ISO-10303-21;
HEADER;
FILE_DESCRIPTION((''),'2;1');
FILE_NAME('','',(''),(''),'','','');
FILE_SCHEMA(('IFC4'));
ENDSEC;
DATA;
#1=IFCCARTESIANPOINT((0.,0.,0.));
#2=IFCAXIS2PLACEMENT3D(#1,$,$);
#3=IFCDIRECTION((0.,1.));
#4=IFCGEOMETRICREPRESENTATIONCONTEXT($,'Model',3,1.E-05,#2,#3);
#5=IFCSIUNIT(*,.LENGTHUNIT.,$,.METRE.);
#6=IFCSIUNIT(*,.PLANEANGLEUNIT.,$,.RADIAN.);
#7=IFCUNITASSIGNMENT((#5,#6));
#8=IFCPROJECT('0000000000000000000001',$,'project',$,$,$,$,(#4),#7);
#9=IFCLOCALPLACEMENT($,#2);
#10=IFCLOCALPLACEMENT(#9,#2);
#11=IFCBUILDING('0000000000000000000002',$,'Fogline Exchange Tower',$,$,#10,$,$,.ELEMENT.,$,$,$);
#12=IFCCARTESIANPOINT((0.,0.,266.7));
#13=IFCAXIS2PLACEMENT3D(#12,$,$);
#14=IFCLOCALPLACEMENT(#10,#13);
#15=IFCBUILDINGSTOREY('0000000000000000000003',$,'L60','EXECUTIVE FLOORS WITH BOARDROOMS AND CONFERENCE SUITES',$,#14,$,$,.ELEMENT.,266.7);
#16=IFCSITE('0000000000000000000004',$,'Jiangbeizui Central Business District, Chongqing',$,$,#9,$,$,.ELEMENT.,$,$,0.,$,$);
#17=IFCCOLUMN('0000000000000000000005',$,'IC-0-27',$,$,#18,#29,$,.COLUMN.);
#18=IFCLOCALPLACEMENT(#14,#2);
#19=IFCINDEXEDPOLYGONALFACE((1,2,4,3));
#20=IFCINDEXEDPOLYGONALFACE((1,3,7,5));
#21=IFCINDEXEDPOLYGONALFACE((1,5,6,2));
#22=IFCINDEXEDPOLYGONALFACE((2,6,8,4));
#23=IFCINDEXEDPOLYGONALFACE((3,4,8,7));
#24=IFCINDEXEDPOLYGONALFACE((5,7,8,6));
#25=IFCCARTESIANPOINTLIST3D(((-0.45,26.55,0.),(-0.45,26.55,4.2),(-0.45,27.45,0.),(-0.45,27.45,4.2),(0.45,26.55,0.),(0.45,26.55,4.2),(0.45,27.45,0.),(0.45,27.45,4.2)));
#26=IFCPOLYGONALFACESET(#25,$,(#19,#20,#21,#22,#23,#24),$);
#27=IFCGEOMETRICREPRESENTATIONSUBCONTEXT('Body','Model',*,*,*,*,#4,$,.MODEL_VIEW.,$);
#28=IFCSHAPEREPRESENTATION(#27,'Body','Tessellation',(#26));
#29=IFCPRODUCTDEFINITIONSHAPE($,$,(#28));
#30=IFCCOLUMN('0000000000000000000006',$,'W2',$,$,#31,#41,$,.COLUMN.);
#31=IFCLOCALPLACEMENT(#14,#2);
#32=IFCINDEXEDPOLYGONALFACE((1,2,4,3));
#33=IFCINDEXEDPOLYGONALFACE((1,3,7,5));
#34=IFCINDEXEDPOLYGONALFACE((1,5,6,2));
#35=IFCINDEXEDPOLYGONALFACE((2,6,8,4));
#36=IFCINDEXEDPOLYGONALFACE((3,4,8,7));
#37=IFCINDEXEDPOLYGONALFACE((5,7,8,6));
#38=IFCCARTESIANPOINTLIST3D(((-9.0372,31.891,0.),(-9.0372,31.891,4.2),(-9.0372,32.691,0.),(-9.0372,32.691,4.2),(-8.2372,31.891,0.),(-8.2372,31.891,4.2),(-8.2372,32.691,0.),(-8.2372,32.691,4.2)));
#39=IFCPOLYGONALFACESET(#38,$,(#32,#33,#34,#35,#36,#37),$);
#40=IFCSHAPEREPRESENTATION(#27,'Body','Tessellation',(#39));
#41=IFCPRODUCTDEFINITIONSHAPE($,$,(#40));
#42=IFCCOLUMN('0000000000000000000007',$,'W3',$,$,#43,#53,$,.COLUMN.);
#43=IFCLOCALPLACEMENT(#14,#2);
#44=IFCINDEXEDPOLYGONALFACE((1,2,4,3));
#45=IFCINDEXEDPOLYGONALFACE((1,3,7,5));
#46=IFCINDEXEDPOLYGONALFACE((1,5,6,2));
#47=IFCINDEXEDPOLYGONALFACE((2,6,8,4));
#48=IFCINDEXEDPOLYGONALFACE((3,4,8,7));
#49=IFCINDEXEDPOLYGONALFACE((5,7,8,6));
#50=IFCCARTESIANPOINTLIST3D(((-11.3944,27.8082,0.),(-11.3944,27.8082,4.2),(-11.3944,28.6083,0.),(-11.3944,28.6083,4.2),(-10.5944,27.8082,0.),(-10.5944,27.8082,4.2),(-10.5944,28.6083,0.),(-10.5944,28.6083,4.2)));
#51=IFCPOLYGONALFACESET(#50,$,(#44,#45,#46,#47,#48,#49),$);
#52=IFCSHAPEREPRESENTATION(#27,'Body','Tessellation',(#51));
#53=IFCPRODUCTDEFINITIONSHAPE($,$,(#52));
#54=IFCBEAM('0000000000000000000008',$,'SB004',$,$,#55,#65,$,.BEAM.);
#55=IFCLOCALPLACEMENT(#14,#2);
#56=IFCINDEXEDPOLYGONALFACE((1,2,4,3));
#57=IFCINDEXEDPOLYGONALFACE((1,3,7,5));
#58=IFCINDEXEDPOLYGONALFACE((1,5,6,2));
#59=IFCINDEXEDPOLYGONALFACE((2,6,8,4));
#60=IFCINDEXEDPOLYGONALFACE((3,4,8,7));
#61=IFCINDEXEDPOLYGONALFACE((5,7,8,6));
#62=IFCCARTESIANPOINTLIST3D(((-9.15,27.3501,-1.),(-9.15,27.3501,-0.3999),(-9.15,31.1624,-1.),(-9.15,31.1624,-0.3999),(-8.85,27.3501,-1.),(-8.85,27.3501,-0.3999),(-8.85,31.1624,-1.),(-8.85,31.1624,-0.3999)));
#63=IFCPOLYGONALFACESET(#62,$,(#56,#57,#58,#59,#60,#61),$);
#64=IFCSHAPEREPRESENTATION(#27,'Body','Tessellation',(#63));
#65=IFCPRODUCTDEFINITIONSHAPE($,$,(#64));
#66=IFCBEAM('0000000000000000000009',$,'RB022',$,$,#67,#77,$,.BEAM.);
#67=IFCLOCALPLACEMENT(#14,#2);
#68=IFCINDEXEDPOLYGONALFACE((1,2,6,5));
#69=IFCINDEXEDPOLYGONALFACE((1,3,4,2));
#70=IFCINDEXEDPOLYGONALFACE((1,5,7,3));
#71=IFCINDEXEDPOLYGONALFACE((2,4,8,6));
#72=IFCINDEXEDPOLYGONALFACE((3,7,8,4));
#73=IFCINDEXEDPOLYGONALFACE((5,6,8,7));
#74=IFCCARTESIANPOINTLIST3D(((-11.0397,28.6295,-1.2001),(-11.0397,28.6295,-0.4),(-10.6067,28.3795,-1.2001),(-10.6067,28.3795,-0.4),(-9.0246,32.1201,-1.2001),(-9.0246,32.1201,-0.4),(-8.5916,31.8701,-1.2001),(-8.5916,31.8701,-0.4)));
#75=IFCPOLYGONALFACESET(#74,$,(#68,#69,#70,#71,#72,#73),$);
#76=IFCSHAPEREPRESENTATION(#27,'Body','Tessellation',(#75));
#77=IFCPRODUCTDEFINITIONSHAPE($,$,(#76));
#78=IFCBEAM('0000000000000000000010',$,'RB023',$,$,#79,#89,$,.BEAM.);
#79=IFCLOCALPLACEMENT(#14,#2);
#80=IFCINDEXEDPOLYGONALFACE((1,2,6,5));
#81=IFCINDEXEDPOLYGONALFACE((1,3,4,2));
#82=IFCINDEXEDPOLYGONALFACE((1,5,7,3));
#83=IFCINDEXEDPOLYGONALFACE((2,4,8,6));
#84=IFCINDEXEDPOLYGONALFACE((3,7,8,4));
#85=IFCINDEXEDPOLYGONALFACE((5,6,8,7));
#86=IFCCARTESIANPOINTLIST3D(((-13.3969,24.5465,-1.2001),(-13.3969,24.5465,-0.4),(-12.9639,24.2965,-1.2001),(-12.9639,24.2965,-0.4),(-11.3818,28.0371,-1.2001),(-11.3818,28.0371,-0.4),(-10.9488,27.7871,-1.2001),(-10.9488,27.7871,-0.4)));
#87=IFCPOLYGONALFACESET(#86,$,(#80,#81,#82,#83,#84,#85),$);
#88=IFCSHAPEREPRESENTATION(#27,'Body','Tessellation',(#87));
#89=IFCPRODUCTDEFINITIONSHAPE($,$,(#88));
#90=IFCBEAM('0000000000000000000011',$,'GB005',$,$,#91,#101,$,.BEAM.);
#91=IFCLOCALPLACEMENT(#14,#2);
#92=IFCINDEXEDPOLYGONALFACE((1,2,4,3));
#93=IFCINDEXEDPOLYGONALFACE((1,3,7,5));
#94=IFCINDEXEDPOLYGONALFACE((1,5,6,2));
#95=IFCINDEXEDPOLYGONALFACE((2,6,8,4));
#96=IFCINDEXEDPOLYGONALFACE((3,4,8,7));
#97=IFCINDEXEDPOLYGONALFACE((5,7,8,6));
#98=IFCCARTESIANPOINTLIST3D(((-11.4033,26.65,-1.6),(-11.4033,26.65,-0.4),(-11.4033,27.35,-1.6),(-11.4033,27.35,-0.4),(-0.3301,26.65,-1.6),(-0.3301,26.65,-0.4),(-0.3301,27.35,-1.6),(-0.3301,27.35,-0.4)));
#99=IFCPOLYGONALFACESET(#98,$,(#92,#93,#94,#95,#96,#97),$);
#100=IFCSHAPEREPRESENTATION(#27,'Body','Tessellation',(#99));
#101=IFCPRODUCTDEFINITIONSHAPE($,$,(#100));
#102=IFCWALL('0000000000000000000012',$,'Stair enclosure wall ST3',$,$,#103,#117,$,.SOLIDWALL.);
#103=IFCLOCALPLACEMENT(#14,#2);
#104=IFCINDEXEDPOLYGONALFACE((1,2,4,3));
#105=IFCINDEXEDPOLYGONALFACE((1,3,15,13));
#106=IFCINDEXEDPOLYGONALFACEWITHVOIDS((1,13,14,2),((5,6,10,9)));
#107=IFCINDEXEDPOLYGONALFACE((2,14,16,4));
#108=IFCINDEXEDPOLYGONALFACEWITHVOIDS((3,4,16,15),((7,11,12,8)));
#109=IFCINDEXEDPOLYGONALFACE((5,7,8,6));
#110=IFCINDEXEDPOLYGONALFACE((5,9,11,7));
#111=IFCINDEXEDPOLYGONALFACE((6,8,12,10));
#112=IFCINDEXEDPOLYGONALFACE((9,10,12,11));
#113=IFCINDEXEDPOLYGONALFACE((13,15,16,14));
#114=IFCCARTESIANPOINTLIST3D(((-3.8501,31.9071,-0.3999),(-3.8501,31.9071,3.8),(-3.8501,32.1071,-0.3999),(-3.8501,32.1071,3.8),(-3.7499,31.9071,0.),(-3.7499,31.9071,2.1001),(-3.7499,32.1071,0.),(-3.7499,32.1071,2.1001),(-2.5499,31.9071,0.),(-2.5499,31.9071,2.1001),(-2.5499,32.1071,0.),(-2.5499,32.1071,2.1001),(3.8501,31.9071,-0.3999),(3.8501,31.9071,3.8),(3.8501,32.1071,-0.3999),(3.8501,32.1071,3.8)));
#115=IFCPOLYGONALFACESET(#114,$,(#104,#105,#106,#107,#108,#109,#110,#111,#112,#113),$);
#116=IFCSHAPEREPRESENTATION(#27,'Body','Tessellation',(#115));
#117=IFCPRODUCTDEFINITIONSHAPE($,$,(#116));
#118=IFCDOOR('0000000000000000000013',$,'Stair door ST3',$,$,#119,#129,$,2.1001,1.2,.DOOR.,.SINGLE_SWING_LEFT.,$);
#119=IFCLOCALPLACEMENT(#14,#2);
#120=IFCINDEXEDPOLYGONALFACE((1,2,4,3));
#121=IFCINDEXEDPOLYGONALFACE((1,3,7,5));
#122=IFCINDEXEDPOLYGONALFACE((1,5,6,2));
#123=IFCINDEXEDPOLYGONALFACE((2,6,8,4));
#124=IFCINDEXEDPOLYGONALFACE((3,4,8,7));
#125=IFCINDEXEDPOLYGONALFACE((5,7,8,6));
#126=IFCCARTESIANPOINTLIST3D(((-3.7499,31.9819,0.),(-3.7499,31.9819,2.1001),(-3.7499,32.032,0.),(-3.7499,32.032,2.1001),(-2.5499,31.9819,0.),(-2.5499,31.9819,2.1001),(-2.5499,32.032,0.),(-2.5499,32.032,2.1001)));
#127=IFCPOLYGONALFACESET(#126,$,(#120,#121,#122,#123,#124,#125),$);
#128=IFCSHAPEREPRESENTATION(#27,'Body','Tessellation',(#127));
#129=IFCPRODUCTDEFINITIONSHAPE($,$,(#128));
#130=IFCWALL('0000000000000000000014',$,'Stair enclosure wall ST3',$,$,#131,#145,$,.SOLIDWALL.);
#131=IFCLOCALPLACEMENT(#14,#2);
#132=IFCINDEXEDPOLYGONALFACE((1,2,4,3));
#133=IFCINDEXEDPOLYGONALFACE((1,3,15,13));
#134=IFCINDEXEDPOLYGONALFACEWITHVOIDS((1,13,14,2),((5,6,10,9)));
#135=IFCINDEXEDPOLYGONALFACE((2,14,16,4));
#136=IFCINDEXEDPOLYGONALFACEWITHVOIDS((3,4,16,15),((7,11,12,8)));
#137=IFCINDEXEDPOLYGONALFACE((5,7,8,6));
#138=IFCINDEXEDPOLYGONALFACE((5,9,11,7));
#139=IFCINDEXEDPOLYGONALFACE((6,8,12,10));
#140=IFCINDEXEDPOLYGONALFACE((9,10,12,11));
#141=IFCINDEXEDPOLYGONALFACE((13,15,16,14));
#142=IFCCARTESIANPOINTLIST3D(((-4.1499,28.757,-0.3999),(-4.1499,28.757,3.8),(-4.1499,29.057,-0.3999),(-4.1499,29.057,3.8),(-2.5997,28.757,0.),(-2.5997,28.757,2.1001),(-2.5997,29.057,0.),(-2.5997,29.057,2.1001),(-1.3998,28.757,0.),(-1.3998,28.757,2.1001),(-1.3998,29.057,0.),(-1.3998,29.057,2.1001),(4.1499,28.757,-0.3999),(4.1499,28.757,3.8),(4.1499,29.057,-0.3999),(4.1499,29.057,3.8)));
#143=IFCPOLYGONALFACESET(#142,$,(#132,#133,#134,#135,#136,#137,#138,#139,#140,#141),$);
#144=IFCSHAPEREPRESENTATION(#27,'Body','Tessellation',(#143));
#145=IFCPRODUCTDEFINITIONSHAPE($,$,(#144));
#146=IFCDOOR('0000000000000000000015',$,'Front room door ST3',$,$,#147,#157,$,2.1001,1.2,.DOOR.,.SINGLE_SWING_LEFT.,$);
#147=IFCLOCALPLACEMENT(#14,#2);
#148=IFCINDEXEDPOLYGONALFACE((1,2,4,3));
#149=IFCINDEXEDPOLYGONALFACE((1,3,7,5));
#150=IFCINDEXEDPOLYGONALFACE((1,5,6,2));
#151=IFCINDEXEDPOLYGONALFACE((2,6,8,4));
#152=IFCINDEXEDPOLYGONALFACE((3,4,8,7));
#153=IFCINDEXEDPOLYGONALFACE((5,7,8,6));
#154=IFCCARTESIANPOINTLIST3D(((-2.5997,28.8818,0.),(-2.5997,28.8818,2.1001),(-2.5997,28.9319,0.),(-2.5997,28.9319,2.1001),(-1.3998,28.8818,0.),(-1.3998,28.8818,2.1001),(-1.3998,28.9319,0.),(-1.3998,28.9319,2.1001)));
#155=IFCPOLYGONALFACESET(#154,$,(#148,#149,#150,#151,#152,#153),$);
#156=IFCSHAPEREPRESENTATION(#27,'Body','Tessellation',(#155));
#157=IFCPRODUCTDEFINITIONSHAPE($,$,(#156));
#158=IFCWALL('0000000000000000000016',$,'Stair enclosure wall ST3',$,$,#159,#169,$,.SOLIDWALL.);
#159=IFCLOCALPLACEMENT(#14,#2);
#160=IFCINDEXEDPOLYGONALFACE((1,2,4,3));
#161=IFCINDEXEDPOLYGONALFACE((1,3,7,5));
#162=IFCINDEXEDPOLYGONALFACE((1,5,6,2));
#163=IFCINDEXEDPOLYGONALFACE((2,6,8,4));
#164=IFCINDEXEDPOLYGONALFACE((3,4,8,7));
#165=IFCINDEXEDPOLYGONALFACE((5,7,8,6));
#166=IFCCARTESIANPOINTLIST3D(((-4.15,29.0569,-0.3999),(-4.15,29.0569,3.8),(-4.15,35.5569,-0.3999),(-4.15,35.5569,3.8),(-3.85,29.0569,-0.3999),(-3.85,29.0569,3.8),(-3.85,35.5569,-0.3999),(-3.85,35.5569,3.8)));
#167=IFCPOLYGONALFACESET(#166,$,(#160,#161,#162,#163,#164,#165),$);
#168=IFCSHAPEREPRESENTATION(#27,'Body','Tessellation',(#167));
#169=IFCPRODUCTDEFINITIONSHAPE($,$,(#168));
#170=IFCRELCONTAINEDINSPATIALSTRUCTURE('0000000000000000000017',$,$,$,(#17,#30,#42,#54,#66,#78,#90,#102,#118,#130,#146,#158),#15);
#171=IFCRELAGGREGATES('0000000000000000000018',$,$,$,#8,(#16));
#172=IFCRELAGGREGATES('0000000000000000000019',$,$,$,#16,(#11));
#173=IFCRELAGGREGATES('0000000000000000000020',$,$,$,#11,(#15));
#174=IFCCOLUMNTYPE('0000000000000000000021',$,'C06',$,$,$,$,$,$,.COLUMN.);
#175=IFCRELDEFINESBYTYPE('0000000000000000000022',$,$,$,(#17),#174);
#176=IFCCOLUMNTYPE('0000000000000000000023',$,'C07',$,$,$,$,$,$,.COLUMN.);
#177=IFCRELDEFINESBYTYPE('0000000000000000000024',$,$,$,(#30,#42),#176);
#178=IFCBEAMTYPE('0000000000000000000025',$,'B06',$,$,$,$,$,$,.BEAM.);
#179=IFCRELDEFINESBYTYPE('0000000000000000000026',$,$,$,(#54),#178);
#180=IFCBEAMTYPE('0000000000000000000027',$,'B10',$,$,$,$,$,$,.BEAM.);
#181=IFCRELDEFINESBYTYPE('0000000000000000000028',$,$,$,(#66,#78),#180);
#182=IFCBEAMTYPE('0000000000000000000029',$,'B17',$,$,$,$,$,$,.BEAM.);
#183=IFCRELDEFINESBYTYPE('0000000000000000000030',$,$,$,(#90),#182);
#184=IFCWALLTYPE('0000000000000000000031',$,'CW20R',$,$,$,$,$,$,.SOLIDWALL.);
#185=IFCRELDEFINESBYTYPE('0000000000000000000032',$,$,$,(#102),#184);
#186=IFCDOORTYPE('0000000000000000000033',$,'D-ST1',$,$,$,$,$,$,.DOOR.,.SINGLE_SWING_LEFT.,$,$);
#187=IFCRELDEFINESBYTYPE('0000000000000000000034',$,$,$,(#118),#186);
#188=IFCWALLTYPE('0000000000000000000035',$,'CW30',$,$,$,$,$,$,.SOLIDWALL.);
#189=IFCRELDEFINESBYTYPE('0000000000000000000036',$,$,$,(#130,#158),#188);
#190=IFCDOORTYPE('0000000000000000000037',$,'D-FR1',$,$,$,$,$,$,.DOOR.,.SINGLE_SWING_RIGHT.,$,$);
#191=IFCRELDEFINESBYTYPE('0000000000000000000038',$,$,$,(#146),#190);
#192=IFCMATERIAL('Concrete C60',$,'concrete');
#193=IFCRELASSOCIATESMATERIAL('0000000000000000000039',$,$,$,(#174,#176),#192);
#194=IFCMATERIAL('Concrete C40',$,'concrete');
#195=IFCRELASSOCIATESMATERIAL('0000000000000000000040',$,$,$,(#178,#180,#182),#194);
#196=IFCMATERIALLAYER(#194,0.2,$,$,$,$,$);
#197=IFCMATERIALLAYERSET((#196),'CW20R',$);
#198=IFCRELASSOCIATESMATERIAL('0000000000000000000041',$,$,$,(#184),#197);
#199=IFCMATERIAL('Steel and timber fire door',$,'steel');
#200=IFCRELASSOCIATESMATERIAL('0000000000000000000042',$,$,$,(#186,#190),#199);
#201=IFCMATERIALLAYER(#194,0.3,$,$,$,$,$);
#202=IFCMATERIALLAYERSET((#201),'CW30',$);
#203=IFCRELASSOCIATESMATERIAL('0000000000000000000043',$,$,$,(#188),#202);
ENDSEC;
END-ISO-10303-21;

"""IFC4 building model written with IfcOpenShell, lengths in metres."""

from ifc_helpers import new_model, si_unit, direction, frame, frame_2d, origin, origin_2d, place, context, subcontext, project, spatial, rectangle, extrude, material, layer, layer_set, material_profile, profile_set, type_object, element, fill, save


model = new_model("IFC4")

# Units and contexts
model_context = context("Model", 3, precision=1e-05, world=origin(), true_north=direction((0.0, 1.0)))
body_context = subcontext(model_context, "Body", "Model", "MODEL_VIEW")
ifc_project = project(units=[si_unit("LENGTHUNIT", "METRE"), si_unit("PLANEANGLEUNIT", "RADIAN")], contexts=[model_context])

# Site, building, storey
site_placement = place(None, origin())
site = spatial("IfcSite", under=ifc_project, at=site_placement, Name="Jiangbeizui Central Business District, Chongqing", CompositionType="ELEMENT", RefElevation=0.0)
building_placement = place(site_placement, origin())
building = spatial("IfcBuilding", under=site, at=building_placement, Name="Fogline Exchange Tower", CompositionType="ELEMENT")
storey_placement = place(building_placement, frame((0.0, 0.0, 266.7)))
storey = spatial("IfcBuildingStorey", under=building, at=storey_placement, Name="L60", Description="EXECUTIVE FLOORS WITH BOARDROOMS AND CONFERENCE SUITES", CompositionType="ELEMENT", Elevation=266.7)

# Columns
ifc_material_1 = material(Name="Concrete C60", Category="concrete")
ifc_material_profile_1 = material_profile(ifc_material_1, rectangle(XDim=0.8999, YDim=0.8999, at=origin_2d()), Name="RC 900x900")
ifc_profile_set_1 = profile_set([ifc_material_profile_1], Name="Concrete C60")
column_type_1 = type_object("IfcColumnType", Name="C06", PredefinedType="COLUMN", material=ifc_profile_set_1)
column_placement = place(storey_placement, frame((0.0, 27.0, 0.0), z_axis=(0.0, 0.0, 1.0), x_axis=(1.0, 0.0, 0.0)))
element("IfcColumn", 1, at=column_placement, inside=storey, type_object=column_type_1, Name="IC-0-27", PredefinedType="COLUMN", context=body_context, shape_type="SweptSolid", body=[
    extrude(rectangle(XDim=0.8999, YDim=0.8999, at=origin_2d()), origin(), (0.0, 0.0, 1.0), 4.2),
])
ifc_material_profile_2 = material_profile(ifc_material_1, rectangle(XDim=0.8, YDim=0.8, at=origin_2d()), Name="RC 800x800")
ifc_profile_set_2 = profile_set([ifc_material_profile_2], Name="Concrete C60")
column_type_2 = type_object("IfcColumnType", Name="C07", PredefinedType="COLUMN", material=ifc_profile_set_2)
for number, where, z_axis, x_axis, name in (
    (2, (-8.6372, 32.291, 0.0), (0.0, 0.0, 1.0), (1.0, 0.0, 0.0), "W2"),
    (3, (-10.9944, 28.2083, 0.0), (0.0, 0.0, 1.0), (1.0, 0.0, 0.0), "W3"),
):
    element("IfcColumn", number, at=place(storey_placement, frame(where, z_axis=z_axis, x_axis=x_axis)), inside=storey, type_object=column_type_2, Name=name, PredefinedType="COLUMN", context=body_context, shape_type="SweptSolid", body=[
        extrude(rectangle(XDim=0.8, YDim=0.8, at=origin_2d()), origin(), (0.0, 0.0, 1.0), 4.2),
    ])

# Beams
ifc_material_2 = material(Name="Concrete C40", Category="concrete")
ifc_material_profile_3 = material_profile(ifc_material_2, rectangle(XDim=0.3, YDim=0.6001, at=origin_2d()), Name="RC 300x600")
ifc_profile_set_3 = profile_set([ifc_material_profile_3], Name="Concrete C40")
beam_type_1 = type_object("IfcBeamType", Name="B06", PredefinedType="BEAM", material=ifc_profile_set_3)
beam_1_placement = place(storey_placement, frame((-9.0, 27.3501, -0.7), z_axis=(0.0, 1.0, 0.0), x_axis=(-1.0, 0.0, 0.0)))
element("IfcBeam", 4, at=beam_1_placement, inside=storey, type_object=beam_type_1, Name="SB004", PredefinedType="BEAM", context=body_context, shape_type="SweptSolid", body=[
    extrude(rectangle(XDim=0.3, YDim=0.6001, at=origin_2d()), origin(), (0.0, 0.0, 1.0), 3.8123),
])
ifc_material_profile_4 = material_profile(ifc_material_2, rectangle(XDim=0.5, YDim=0.8, at=origin_2d()), Name="RC 500x800")
ifc_profile_set_4 = profile_set([ifc_material_profile_4], Name="Concrete C40")
beam_type_2 = type_object("IfcBeamType", Name="B10", PredefinedType="BEAM", material=ifc_profile_set_4)
for number, where, z_axis, x_axis, name in (
    (5, (-8.8081, 31.9951, -0.8), (-0.499957, -0.86605, 0.0), (0.86605, -0.499957, 0.0), "RB022"),
    (6, (-11.1653, 27.9121, -0.8), (-0.499957, -0.86605, 0.0), (0.86605, -0.499957, 0.0), "RB023"),
):
    element("IfcBeam", number, at=place(storey_placement, frame(where, z_axis=z_axis, x_axis=x_axis)), inside=storey, type_object=beam_type_2, Name=name, PredefinedType="BEAM", context=body_context, shape_type="SweptSolid", body=[
        extrude(rectangle(XDim=0.5, YDim=0.8, at=origin_2d()), origin(), (0.0, 0.0, 1.0), 4.0305),
    ])
ifc_material_profile_5 = material_profile(ifc_material_2, rectangle(XDim=0.7, YDim=1.2, at=origin_2d()), Name="RC 700x1200")
ifc_profile_set_5 = profile_set([ifc_material_profile_5], Name="Concrete C40")
beam_type_3 = type_object("IfcBeamType", Name="B17", PredefinedType="BEAM", material=ifc_profile_set_5)
beam_2_placement = place(storey_placement, frame((-11.4033, 27.0, -1.0), z_axis=(1.0, 0.0, 0.0), x_axis=(0.0, 1.0, 0.0)))
element("IfcBeam", 7, at=beam_2_placement, inside=storey, type_object=beam_type_3, Name="GB005", PredefinedType="BEAM", context=body_context, shape_type="SweptSolid", body=[
    extrude(rectangle(XDim=0.7, YDim=1.2, at=origin_2d()), origin(), (0.0, 0.0, 1.0), 11.0732),
])

# Walls, openings, doors
ifc_layer_1 = layer(ifc_material_2, 0.2)
ifc_layer_set_1 = layer_set([ifc_layer_1], Name="CW20R")
wall_type_1 = type_object("IfcWallType", Name="CW20R", PredefinedType="SOLIDWALL", material=ifc_layer_set_1)
wall_1_placement = place(storey_placement, frame((-3.8501, 32.0071, -0.3999), z_axis=(0.0, 0.0, 1.0), x_axis=(1.0, 0.0, 0.0)))
wall_1 = element("IfcWall", 8, at=wall_1_placement, inside=storey, type_object=wall_type_1, Name="Stair enclosure wall ST3", PredefinedType="SOLIDWALL", context=body_context, shape_type="SweptSolid", body=[
    extrude(rectangle(XDim=7.7002, YDim=0.2, at=frame_2d((3.8501, 0.0))), origin(), (0.0, 0.0, 1.0), 4.2),
])
opening_1_placement = place(wall_1_placement, frame((0.1001, 0.0, 0.3999)))
opening_1 = element("IfcOpeningElement", 9, at=opening_1_placement, cuts=wall_1, PredefinedType="OPENING", context=body_context, shape_type="SweptSolid", body=[
    extrude(rectangle(XDim=1.2, YDim=2.1001, at=frame_2d((0.6001, 1.05))), frame((0.0, 0.1099, 0.0), z_axis=(0.0, -1.0, 0.0), x_axis=(1.0, 0.0, 0.0)), (0.0, 0.0, 1.0), 0.22),
])
ifc_material_3 = material(Name="Steel and timber fire door", Category="steel")
door_type_1 = type_object("IfcDoorType", Name="D-ST1", OperationType="SINGLE_SWING_LEFT", PredefinedType="DOOR", material=ifc_material_3)
door_1_placement = place(opening_1_placement, origin())
door_1 = element("IfcDoor", 10, at=door_1_placement, inside=storey, type_object=door_type_1, Name="Stair door ST3", OperationType="SINGLE_SWING_LEFT", OverallHeight=2.1001, OverallWidth=1.2, PredefinedType="DOOR", context=body_context, shape_type="SweptSolid", body=[
    extrude(rectangle(XDim=1.2, YDim=2.1001, at=frame_2d((0.6001, 1.05))), frame((0.0, 0.0249, 0.0), z_axis=(0.0, -1.0, 0.0), x_axis=(1.0, 0.0, 0.0)), (0.0, 0.0, 1.0), 0.05),
])
fill(opening_1, door_1)
ifc_layer_2 = layer(ifc_material_2, 0.3)
ifc_layer_set_2 = layer_set([ifc_layer_2], Name="CW30")
wall_type_2 = type_object("IfcWallType", Name="CW30", PredefinedType="SOLIDWALL", material=ifc_layer_set_2)
wall_2_placement = place(storey_placement, frame((-4.1499, 28.907, -0.3999), z_axis=(0.0, 0.0, 1.0), x_axis=(1.0, 0.0, 0.0)))
wall_2 = element("IfcWall", 11, at=wall_2_placement, inside=storey, type_object=wall_type_2, Name="Stair enclosure wall ST3", PredefinedType="SOLIDWALL", context=body_context, shape_type="SweptSolid", body=[
    extrude(rectangle(XDim=8.2998, YDim=0.3, at=frame_2d((4.1499, 0.0))), origin(), (0.0, 0.0, 1.0), 4.2),
])
opening_2_placement = place(wall_2_placement, frame((1.55, 0.0, 0.3999)))
opening_2 = element("IfcOpeningElement", 12, at=opening_2_placement, cuts=wall_2, PredefinedType="OPENING", context=body_context, shape_type="SweptSolid", body=[
    extrude(rectangle(XDim=1.2, YDim=2.1001, at=frame_2d((0.6001, 1.05))), frame((0.0, 0.1602, 0.0), z_axis=(0.0, -1.0, 0.0), x_axis=(1.0, 0.0, 0.0)), (0.0, 0.0, 1.0), 0.3201),
])
door_type_2 = type_object("IfcDoorType", Name="D-FR1", OperationType="SINGLE_SWING_RIGHT", PredefinedType="DOOR", material=ifc_material_3)
door_2_placement = place(opening_2_placement, origin())
door_2 = element("IfcDoor", 13, at=door_2_placement, inside=storey, type_object=door_type_2, Name="Front room door ST3", OperationType="SINGLE_SWING_LEFT", OverallHeight=2.1001, OverallWidth=1.2, PredefinedType="DOOR", context=body_context, shape_type="SweptSolid", body=[
    extrude(rectangle(XDim=1.2, YDim=2.1001, at=frame_2d((0.6001, 1.05))), frame((0.0, 0.0249, 0.0), z_axis=(0.0, -1.0, 0.0), x_axis=(1.0, 0.0, 0.0)), (0.0, 0.0, 1.0), 0.05),
])
fill(opening_2, door_2)

# Wall
wall_3_placement = place(storey_placement, frame((-4.0, 29.0569, -0.3999), z_axis=(0.0, 0.0, 1.0), x_axis=(0.0, 1.0, 0.0)))
element("IfcWall", 14, at=wall_3_placement, inside=storey, type_object=wall_type_2, Name="Stair enclosure wall ST3", PredefinedType="SOLIDWALL", context=body_context, shape_type="SweptSolid", body=[
    extrude(rectangle(XDim=6.5, YDim=0.3, at=frame_2d((3.25, 0.0))), origin(), (0.0, 0.0, 1.0), 4.2),
])

save(model, "model.ifc")
